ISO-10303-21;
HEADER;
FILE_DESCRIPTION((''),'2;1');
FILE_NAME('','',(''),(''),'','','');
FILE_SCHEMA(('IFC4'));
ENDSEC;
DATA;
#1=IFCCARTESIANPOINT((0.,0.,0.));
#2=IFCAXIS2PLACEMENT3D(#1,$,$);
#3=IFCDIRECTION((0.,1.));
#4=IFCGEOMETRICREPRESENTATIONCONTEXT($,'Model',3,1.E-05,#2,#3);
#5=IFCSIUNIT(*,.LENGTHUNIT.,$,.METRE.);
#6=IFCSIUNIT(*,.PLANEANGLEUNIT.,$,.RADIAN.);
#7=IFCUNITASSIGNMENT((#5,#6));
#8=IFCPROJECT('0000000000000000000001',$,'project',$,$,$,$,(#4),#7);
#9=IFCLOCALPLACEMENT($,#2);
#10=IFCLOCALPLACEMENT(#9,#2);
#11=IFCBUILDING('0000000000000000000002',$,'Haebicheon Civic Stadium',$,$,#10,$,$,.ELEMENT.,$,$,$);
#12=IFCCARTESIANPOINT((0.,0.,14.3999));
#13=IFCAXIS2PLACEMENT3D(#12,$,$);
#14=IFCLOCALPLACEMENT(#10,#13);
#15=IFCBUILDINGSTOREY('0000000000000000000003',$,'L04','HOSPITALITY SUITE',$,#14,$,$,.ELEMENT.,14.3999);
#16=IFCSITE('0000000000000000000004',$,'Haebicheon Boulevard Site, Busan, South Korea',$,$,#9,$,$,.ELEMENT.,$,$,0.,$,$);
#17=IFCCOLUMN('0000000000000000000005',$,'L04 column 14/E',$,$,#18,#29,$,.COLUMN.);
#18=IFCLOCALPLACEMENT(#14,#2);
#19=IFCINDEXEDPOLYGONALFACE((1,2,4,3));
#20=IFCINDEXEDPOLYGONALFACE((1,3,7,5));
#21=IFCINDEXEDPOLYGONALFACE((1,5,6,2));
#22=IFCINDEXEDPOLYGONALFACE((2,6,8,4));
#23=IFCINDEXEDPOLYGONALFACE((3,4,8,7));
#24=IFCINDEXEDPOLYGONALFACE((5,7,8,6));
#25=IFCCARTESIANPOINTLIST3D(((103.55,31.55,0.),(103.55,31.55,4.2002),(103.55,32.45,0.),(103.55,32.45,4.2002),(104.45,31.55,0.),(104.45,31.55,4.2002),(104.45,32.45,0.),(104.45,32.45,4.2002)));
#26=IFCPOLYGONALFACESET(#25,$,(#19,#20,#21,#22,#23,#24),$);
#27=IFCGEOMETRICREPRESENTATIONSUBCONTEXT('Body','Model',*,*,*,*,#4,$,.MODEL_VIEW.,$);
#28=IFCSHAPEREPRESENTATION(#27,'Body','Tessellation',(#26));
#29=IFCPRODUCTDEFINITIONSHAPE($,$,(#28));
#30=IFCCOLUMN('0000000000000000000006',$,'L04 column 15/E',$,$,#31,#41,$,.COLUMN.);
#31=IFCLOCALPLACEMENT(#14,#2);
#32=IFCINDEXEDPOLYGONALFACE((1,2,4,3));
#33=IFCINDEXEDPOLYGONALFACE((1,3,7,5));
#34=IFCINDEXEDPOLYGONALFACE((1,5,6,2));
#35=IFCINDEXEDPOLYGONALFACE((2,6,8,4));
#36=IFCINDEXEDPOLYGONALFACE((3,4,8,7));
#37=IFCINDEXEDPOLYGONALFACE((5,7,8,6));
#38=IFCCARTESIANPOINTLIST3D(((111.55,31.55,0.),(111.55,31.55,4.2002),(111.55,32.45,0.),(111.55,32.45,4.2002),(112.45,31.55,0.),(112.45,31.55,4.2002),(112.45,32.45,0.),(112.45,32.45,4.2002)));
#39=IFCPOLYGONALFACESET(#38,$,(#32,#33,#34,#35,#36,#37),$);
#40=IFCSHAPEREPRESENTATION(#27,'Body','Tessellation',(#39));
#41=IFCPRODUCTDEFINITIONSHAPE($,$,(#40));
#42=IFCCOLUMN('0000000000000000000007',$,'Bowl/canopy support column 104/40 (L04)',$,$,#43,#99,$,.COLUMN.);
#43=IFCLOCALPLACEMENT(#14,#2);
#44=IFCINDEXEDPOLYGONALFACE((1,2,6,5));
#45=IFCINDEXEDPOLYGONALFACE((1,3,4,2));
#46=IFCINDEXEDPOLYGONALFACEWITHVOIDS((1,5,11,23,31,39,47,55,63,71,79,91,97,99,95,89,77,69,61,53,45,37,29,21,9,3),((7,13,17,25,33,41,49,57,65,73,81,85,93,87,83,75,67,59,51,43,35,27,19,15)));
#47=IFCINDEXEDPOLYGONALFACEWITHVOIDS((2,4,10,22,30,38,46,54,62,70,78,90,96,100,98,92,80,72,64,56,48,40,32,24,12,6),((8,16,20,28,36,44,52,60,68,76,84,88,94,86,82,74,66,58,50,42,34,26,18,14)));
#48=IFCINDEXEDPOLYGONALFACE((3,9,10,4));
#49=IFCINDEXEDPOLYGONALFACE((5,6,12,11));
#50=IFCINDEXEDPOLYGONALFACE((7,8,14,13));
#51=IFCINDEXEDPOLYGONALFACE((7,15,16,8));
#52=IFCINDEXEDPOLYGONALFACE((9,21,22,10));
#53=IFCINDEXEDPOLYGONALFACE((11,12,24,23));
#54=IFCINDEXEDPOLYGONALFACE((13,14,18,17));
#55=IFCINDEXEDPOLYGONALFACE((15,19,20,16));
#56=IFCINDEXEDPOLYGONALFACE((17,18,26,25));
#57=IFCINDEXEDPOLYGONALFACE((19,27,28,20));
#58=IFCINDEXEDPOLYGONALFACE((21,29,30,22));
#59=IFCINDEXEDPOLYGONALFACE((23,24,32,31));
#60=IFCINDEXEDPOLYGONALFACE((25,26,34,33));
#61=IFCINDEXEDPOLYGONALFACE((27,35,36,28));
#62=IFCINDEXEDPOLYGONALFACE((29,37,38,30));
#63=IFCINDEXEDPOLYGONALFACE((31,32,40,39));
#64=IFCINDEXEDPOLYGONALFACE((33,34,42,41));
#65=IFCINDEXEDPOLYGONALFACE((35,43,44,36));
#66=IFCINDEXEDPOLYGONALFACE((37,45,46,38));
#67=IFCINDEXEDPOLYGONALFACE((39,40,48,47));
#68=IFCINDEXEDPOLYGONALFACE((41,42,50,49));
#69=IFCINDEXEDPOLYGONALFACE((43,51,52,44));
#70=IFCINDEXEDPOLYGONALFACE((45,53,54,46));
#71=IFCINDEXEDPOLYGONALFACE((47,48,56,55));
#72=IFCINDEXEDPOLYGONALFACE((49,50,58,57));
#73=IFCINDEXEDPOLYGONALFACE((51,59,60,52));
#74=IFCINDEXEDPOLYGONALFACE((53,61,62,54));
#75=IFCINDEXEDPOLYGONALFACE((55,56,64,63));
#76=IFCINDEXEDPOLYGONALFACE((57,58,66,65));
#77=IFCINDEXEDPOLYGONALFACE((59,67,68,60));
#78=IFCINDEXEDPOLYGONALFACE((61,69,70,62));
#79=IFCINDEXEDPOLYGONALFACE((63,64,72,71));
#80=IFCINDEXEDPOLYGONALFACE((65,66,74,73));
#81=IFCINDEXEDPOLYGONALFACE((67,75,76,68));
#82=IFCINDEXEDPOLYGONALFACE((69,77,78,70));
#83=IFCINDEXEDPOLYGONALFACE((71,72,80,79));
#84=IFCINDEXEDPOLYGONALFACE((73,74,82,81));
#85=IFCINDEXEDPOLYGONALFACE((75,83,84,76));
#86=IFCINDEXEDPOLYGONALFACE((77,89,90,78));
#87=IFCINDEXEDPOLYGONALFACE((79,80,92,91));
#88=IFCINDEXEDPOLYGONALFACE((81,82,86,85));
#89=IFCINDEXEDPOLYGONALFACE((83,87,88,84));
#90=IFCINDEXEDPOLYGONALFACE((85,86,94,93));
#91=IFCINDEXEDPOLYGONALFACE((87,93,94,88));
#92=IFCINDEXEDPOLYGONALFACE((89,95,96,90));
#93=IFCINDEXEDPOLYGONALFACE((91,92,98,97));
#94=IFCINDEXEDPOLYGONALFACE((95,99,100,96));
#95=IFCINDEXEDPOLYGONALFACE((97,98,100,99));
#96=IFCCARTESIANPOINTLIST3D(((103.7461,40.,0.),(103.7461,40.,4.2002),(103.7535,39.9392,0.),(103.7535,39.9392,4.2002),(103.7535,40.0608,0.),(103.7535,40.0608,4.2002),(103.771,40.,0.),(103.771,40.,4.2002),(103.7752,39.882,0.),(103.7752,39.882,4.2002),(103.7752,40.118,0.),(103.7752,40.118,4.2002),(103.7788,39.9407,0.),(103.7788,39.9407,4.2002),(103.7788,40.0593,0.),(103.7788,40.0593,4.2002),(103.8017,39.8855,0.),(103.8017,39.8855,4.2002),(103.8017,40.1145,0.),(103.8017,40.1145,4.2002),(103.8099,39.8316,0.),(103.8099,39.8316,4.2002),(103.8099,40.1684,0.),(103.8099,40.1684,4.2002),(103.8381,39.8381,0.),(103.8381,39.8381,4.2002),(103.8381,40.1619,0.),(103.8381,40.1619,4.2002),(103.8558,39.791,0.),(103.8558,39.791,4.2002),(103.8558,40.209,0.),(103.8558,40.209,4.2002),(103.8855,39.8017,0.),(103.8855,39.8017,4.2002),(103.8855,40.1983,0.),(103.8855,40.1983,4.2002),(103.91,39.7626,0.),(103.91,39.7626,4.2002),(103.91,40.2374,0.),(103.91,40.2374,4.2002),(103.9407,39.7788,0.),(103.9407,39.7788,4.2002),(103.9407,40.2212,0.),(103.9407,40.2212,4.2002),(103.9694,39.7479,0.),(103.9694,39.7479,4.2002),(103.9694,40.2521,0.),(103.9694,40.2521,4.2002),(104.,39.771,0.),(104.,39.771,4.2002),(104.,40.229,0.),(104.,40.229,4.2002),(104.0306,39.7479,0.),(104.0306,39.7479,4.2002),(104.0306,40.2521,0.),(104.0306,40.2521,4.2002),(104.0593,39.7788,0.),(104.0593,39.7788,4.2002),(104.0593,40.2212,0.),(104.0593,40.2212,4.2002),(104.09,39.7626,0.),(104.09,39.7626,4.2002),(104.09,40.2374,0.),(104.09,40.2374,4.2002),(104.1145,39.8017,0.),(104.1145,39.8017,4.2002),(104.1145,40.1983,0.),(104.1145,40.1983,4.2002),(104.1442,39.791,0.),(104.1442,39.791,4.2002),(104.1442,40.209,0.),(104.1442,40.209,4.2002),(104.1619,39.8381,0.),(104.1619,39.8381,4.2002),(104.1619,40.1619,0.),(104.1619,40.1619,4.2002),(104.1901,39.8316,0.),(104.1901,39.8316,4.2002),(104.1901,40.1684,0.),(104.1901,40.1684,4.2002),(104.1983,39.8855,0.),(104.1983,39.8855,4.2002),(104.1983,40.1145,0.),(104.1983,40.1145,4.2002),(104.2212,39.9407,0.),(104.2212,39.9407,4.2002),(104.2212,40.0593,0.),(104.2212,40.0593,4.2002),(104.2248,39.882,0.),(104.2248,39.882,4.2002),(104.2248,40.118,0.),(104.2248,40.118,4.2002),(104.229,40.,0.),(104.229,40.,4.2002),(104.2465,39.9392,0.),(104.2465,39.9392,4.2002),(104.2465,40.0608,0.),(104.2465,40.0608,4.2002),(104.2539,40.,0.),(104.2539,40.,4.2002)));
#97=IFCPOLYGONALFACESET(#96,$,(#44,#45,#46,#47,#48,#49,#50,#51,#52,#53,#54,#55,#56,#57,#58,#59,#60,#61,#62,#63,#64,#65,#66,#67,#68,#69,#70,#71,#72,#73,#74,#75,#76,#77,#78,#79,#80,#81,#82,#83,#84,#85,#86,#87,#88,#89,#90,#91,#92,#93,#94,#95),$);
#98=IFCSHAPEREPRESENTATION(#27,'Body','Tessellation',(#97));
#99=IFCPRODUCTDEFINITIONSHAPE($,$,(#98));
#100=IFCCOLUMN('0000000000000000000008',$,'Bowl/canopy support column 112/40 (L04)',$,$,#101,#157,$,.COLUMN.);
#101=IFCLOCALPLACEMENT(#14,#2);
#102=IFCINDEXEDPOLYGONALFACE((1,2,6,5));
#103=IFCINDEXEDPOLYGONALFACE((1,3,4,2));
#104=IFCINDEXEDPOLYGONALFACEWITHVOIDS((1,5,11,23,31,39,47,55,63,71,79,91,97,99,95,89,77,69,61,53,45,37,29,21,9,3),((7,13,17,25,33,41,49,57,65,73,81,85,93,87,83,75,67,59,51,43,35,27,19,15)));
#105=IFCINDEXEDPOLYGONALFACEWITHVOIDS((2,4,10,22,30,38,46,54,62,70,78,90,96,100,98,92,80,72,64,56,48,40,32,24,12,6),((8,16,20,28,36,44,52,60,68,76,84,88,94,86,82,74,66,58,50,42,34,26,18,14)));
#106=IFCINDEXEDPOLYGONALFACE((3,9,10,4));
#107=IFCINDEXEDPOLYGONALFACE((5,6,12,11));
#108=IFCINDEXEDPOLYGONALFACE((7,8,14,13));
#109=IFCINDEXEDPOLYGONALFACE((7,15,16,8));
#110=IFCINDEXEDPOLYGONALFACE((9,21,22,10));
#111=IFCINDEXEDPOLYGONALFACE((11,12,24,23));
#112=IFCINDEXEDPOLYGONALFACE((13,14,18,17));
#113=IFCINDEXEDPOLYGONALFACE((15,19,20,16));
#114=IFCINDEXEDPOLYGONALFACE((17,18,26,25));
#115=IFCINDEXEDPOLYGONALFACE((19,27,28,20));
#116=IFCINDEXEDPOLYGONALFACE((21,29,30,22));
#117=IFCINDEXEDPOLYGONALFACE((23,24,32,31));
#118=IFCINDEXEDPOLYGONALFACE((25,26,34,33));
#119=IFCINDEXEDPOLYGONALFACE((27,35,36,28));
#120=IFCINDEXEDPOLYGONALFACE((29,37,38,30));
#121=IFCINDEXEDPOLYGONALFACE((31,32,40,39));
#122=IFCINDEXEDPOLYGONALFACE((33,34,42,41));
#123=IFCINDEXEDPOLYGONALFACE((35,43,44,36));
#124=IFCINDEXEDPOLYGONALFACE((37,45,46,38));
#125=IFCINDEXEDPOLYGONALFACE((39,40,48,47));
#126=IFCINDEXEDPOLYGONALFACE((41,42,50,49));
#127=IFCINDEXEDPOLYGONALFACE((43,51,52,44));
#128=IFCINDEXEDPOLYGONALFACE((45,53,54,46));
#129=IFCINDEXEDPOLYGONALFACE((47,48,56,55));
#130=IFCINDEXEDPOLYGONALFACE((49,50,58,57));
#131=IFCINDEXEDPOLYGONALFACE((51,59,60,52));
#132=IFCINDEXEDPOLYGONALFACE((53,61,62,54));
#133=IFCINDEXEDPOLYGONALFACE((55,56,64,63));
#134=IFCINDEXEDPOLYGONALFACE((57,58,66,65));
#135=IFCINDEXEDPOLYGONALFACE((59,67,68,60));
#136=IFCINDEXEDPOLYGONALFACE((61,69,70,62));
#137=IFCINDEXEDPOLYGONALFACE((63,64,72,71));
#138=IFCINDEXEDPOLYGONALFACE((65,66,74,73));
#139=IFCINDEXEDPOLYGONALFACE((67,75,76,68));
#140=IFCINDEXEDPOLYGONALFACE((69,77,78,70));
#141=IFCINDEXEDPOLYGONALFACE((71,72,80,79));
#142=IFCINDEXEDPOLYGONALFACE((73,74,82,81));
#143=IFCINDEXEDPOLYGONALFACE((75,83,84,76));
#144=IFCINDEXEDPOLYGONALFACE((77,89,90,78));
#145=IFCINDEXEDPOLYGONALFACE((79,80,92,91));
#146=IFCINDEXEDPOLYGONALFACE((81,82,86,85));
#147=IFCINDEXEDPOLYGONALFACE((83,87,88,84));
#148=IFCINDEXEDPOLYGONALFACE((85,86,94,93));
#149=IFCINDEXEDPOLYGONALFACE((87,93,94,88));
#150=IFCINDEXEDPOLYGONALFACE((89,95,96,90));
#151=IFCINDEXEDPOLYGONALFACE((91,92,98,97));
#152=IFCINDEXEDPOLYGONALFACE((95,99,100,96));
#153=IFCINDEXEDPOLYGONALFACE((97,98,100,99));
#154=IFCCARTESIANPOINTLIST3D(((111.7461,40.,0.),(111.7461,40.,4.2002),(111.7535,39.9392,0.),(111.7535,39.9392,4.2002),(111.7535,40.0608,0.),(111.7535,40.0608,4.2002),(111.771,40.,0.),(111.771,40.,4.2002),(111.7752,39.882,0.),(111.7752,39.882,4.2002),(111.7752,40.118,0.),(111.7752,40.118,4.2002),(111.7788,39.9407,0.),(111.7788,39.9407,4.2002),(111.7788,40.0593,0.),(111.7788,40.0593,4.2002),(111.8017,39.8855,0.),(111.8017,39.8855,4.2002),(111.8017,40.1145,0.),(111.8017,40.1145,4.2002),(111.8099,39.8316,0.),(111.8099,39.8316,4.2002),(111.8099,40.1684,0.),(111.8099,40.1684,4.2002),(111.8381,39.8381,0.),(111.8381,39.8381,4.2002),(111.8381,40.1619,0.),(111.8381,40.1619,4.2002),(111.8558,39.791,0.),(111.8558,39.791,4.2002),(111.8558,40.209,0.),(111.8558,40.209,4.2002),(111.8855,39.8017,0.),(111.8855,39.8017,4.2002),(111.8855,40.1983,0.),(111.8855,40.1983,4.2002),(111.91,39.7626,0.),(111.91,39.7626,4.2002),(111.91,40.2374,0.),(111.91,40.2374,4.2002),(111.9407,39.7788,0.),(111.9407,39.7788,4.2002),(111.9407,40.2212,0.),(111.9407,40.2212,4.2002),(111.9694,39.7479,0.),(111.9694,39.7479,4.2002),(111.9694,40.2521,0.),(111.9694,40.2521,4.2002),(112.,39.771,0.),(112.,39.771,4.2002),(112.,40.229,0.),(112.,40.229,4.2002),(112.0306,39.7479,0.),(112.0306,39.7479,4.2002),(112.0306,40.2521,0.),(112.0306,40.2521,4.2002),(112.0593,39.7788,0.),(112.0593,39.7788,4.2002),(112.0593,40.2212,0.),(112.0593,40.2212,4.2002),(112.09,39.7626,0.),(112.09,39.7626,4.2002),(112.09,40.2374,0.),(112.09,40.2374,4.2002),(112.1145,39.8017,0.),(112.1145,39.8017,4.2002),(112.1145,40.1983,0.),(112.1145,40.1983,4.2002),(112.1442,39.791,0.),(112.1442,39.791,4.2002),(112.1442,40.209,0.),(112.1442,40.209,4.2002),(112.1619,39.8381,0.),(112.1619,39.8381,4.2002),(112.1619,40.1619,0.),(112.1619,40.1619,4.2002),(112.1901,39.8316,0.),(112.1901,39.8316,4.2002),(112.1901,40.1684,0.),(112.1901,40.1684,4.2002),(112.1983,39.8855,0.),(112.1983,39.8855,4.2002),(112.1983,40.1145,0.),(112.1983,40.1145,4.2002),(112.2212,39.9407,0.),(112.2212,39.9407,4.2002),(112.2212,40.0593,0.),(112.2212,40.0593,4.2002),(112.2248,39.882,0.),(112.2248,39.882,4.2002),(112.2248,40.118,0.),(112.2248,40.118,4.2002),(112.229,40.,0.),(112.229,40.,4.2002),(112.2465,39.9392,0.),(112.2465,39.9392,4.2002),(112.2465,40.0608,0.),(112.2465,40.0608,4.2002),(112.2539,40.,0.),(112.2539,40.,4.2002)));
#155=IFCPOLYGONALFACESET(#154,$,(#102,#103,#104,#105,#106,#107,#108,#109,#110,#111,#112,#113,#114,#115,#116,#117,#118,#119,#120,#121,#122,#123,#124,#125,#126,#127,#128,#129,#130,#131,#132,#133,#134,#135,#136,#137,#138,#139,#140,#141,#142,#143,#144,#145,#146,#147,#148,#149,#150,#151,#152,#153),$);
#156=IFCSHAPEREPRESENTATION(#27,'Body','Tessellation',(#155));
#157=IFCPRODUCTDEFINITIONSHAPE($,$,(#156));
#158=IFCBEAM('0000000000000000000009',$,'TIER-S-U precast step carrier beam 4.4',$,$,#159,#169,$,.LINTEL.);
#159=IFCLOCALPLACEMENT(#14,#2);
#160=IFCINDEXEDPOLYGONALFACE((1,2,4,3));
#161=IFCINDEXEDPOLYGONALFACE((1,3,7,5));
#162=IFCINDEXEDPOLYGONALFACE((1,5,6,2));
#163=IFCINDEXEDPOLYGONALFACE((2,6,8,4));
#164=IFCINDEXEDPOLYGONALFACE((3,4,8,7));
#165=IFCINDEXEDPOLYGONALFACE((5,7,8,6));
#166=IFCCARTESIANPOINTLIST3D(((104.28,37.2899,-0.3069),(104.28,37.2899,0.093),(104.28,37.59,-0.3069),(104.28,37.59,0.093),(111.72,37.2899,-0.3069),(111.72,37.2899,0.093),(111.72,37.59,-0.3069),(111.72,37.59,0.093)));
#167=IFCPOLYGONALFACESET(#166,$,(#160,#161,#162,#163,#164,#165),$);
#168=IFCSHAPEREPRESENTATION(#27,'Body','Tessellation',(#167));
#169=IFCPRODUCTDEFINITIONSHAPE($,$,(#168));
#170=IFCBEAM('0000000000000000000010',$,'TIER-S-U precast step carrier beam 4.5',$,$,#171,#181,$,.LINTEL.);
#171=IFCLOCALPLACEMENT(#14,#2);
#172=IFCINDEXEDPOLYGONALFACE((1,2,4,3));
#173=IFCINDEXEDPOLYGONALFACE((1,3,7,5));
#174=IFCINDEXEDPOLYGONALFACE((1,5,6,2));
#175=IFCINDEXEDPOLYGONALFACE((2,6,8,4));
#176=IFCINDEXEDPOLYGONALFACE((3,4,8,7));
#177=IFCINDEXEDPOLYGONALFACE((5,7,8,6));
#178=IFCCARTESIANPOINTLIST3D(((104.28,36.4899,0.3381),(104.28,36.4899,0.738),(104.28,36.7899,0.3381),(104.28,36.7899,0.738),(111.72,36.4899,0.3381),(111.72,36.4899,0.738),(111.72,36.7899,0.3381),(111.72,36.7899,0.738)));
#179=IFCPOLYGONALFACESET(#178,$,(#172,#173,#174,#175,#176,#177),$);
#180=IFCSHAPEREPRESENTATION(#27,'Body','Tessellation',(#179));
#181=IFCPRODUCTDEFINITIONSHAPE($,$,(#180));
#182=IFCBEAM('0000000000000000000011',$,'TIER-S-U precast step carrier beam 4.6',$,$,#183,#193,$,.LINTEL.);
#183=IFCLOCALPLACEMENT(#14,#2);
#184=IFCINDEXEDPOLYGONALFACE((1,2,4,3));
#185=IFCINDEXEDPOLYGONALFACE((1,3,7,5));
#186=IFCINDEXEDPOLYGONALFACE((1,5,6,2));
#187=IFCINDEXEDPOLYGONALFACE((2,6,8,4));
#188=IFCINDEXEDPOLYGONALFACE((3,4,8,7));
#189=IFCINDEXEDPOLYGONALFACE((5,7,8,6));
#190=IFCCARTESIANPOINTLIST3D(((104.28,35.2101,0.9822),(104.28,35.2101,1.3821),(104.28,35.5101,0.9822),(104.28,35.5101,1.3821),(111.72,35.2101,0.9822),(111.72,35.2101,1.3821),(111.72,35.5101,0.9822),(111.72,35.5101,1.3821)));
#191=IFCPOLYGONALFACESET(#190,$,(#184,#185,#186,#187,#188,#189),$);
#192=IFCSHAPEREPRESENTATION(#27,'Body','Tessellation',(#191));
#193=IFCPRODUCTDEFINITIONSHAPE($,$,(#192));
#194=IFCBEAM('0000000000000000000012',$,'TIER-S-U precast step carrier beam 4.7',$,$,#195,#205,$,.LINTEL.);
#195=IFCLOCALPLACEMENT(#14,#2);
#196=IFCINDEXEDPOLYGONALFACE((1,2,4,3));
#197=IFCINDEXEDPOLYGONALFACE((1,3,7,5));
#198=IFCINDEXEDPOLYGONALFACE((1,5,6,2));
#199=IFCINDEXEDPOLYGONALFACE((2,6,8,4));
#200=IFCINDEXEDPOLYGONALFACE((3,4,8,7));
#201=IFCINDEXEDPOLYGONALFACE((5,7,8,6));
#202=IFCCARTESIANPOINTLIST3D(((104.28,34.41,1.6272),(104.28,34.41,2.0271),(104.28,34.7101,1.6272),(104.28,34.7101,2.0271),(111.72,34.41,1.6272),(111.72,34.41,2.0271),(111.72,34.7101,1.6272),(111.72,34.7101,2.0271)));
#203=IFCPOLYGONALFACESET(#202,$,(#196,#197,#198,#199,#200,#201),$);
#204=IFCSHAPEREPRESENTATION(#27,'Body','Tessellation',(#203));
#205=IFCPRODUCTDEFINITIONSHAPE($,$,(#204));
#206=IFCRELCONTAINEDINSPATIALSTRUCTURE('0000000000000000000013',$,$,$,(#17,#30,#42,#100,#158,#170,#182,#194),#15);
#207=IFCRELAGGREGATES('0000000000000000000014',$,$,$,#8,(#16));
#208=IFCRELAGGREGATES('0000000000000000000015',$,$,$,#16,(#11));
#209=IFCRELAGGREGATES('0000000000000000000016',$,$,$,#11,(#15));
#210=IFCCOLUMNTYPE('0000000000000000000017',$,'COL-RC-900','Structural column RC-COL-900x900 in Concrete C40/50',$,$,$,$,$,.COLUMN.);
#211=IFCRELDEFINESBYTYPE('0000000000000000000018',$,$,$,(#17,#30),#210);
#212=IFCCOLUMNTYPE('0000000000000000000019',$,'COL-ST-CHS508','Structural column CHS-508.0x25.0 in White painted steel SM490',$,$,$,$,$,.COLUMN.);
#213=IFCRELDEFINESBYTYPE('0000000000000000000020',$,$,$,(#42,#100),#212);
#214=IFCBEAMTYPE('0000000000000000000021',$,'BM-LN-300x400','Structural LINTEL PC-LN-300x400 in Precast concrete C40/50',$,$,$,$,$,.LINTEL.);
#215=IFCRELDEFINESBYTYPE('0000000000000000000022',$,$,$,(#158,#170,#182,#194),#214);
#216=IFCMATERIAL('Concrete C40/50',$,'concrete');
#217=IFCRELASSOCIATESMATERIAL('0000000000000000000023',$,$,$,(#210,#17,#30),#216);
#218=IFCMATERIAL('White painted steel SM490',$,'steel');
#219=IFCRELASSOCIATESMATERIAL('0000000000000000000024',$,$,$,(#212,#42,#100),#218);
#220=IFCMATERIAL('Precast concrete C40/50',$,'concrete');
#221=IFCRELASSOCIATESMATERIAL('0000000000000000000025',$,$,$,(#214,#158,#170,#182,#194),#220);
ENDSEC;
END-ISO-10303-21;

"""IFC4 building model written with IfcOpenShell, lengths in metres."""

from ifc_helpers import new_model, si_unit, direction, frame, origin, origin_2d, place, context, subcontext, project, spatial, rectangle, hollow_circle, extrude, material, material_profile, profile_set, type_object, element, save


model = new_model("IFC4")

# Units and contexts
model_context = context("Model", 3, precision=1e-05, world=origin(), true_north=direction((0.0, 1.0)))
body_context = subcontext(model_context, "Body", "Model", "MODEL_VIEW")
ifc_project = project(units=[si_unit("LENGTHUNIT", "METRE"), si_unit("PLANEANGLEUNIT", "RADIAN")], contexts=[model_context])

# Site, building, storey
site_placement = place(None, origin())
site = spatial("IfcSite", under=ifc_project, at=site_placement, Name="Haebicheon Boulevard Site, Busan, South Korea", CompositionType="ELEMENT", RefElevation=0.0)
building_placement = place(site_placement, origin())
building = spatial("IfcBuilding", under=site, at=building_placement, Name="Haebicheon Civic Stadium", CompositionType="ELEMENT")
storey_placement = place(building_placement, frame((0.0, 0.0, 14.3999)))
storey = spatial("IfcBuildingStorey", under=building, at=storey_placement, Name="L04", Description="HOSPITALITY SUITE", CompositionType="ELEMENT", Elevation=14.3999)

# Columns
ifc_material_1 = material(Name="Concrete C40/50", Category="concrete")
ifc_material_profile_1 = material_profile(ifc_material_1, rectangle(XDim=0.8999, YDim=0.8999, at=origin_2d()), Name="RC-COL-900x900")
ifc_profile_set_1 = profile_set([ifc_material_profile_1], Name="Concrete C40/50")
column_type_1 = type_object("IfcColumnType", Name="COL-RC-900", Description="Structural column RC-COL-900x900 in Concrete C40/50", PredefinedType="COLUMN", material=ifc_profile_set_1)
for number, where, z_axis, x_axis, name in (
    (1, (104.0, 32.0, 0.0), (0.0, 0.0, 1.0), (1.0, 0.0, 0.0), "L04 column 14/E"),
    (2, (112.0, 32.0, 0.0), (0.0, 0.0, 1.0), (1.0, 0.0, 0.0), "L04 column 15/E"),
):
    element("IfcColumn", number, at=place(storey_placement, frame(where, z_axis=z_axis, x_axis=x_axis)), inside=storey, type_object=column_type_1, material=ifc_profile_set_1, Name=name, PredefinedType="COLUMN", context=body_context, shape_type="SweptSolid", body=[
        extrude(rectangle(XDim=0.8999, YDim=0.8999, at=origin_2d()), origin(), (0.0, 0.0, 1.0), 4.2002),
    ])
ifc_material_2 = material(Name="White painted steel SM490", Category="steel")
ifc_material_profile_2 = material_profile(ifc_material_2, hollow_circle(Radius=0.2539, WallThickness=0.0249, at=origin_2d()), Name="CHS-508.0x25.0")
ifc_profile_set_2 = profile_set([ifc_material_profile_2], Name="White painted steel SM490")
column_type_2 = type_object("IfcColumnType", Name="COL-ST-CHS508", Description="Structural column CHS-508.0x25.0 in White painted steel SM490", PredefinedType="COLUMN", material=ifc_profile_set_2)
for number, where, z_axis, x_axis, name in (
    (3, (104.0, 40.0, 0.0), (0.0, 0.0, 1.0), (1.0, 0.0, 0.0), "Bowl/canopy support column 104/40 (L04)"),
    (4, (112.0, 40.0, 0.0), (0.0, 0.0, 1.0), (1.0, 0.0, 0.0), "Bowl/canopy support column 112/40 (L04)"),
):
    element("IfcColumn", number, at=place(storey_placement, frame(where, z_axis=z_axis, x_axis=x_axis)), inside=storey, type_object=column_type_2, material=ifc_profile_set_2, Name=name, PredefinedType="COLUMN", context=body_context, shape_type="SweptSolid", body=[
        extrude(hollow_circle(Radius=0.2539, WallThickness=0.0249, at=origin_2d()), origin(), (0.0, 0.0, 1.0), 4.2002),
    ])

# Beams
ifc_material_3 = material(Name="Precast concrete C40/50", Category="concrete")
ifc_material_profile_3 = material_profile(ifc_material_3, rectangle(XDim=0.3, YDim=0.3999, at=origin_2d()), Name="PC-LN-300x400")
ifc_profile_set_3 = profile_set([ifc_material_profile_3], Name="Precast concrete C40/50")
beam_type_1 = type_object("IfcBeamType", Name="BM-LN-300x400", Description="Structural LINTEL PC-LN-300x400 in Precast concrete C40/50", PredefinedType="LINTEL", material=ifc_profile_set_3)
for number, where, z_axis, x_axis, name in (
    (5, (104.28, 37.4399, -0.1069), (1.0, 0.0, 0.0), (0.0, 1.0, 0.0), "TIER-S-U precast step carrier beam 4.4"),
    (6, (104.28, 36.6399, 0.5381), (1.0, 0.0, 0.0), (0.0, 1.0, 0.0), "TIER-S-U precast step carrier beam 4.5"),
    (7, (104.28, 35.3601, 1.1821), (1.0, 0.0, 0.0), (0.0, 1.0, 0.0), "TIER-S-U precast step carrier beam 4.6"),
    (8, (104.28, 34.5601, 1.8271), (1.0, 0.0, 0.0), (0.0, 1.0, 0.0), "TIER-S-U precast step carrier beam 4.7"),
):
    element("IfcBeam", number, at=place(storey_placement, frame(where, z_axis=z_axis, x_axis=x_axis)), inside=storey, type_object=beam_type_1, material=ifc_profile_set_3, Name=name, PredefinedType="LINTEL", context=body_context, shape_type="SweptSolid", body=[
        extrude(rectangle(XDim=0.3, YDim=0.3999, at=origin_2d()), origin(), (0.0, 0.0, 1.0), 7.4399),
    ])

save(model, "model.ifc")
